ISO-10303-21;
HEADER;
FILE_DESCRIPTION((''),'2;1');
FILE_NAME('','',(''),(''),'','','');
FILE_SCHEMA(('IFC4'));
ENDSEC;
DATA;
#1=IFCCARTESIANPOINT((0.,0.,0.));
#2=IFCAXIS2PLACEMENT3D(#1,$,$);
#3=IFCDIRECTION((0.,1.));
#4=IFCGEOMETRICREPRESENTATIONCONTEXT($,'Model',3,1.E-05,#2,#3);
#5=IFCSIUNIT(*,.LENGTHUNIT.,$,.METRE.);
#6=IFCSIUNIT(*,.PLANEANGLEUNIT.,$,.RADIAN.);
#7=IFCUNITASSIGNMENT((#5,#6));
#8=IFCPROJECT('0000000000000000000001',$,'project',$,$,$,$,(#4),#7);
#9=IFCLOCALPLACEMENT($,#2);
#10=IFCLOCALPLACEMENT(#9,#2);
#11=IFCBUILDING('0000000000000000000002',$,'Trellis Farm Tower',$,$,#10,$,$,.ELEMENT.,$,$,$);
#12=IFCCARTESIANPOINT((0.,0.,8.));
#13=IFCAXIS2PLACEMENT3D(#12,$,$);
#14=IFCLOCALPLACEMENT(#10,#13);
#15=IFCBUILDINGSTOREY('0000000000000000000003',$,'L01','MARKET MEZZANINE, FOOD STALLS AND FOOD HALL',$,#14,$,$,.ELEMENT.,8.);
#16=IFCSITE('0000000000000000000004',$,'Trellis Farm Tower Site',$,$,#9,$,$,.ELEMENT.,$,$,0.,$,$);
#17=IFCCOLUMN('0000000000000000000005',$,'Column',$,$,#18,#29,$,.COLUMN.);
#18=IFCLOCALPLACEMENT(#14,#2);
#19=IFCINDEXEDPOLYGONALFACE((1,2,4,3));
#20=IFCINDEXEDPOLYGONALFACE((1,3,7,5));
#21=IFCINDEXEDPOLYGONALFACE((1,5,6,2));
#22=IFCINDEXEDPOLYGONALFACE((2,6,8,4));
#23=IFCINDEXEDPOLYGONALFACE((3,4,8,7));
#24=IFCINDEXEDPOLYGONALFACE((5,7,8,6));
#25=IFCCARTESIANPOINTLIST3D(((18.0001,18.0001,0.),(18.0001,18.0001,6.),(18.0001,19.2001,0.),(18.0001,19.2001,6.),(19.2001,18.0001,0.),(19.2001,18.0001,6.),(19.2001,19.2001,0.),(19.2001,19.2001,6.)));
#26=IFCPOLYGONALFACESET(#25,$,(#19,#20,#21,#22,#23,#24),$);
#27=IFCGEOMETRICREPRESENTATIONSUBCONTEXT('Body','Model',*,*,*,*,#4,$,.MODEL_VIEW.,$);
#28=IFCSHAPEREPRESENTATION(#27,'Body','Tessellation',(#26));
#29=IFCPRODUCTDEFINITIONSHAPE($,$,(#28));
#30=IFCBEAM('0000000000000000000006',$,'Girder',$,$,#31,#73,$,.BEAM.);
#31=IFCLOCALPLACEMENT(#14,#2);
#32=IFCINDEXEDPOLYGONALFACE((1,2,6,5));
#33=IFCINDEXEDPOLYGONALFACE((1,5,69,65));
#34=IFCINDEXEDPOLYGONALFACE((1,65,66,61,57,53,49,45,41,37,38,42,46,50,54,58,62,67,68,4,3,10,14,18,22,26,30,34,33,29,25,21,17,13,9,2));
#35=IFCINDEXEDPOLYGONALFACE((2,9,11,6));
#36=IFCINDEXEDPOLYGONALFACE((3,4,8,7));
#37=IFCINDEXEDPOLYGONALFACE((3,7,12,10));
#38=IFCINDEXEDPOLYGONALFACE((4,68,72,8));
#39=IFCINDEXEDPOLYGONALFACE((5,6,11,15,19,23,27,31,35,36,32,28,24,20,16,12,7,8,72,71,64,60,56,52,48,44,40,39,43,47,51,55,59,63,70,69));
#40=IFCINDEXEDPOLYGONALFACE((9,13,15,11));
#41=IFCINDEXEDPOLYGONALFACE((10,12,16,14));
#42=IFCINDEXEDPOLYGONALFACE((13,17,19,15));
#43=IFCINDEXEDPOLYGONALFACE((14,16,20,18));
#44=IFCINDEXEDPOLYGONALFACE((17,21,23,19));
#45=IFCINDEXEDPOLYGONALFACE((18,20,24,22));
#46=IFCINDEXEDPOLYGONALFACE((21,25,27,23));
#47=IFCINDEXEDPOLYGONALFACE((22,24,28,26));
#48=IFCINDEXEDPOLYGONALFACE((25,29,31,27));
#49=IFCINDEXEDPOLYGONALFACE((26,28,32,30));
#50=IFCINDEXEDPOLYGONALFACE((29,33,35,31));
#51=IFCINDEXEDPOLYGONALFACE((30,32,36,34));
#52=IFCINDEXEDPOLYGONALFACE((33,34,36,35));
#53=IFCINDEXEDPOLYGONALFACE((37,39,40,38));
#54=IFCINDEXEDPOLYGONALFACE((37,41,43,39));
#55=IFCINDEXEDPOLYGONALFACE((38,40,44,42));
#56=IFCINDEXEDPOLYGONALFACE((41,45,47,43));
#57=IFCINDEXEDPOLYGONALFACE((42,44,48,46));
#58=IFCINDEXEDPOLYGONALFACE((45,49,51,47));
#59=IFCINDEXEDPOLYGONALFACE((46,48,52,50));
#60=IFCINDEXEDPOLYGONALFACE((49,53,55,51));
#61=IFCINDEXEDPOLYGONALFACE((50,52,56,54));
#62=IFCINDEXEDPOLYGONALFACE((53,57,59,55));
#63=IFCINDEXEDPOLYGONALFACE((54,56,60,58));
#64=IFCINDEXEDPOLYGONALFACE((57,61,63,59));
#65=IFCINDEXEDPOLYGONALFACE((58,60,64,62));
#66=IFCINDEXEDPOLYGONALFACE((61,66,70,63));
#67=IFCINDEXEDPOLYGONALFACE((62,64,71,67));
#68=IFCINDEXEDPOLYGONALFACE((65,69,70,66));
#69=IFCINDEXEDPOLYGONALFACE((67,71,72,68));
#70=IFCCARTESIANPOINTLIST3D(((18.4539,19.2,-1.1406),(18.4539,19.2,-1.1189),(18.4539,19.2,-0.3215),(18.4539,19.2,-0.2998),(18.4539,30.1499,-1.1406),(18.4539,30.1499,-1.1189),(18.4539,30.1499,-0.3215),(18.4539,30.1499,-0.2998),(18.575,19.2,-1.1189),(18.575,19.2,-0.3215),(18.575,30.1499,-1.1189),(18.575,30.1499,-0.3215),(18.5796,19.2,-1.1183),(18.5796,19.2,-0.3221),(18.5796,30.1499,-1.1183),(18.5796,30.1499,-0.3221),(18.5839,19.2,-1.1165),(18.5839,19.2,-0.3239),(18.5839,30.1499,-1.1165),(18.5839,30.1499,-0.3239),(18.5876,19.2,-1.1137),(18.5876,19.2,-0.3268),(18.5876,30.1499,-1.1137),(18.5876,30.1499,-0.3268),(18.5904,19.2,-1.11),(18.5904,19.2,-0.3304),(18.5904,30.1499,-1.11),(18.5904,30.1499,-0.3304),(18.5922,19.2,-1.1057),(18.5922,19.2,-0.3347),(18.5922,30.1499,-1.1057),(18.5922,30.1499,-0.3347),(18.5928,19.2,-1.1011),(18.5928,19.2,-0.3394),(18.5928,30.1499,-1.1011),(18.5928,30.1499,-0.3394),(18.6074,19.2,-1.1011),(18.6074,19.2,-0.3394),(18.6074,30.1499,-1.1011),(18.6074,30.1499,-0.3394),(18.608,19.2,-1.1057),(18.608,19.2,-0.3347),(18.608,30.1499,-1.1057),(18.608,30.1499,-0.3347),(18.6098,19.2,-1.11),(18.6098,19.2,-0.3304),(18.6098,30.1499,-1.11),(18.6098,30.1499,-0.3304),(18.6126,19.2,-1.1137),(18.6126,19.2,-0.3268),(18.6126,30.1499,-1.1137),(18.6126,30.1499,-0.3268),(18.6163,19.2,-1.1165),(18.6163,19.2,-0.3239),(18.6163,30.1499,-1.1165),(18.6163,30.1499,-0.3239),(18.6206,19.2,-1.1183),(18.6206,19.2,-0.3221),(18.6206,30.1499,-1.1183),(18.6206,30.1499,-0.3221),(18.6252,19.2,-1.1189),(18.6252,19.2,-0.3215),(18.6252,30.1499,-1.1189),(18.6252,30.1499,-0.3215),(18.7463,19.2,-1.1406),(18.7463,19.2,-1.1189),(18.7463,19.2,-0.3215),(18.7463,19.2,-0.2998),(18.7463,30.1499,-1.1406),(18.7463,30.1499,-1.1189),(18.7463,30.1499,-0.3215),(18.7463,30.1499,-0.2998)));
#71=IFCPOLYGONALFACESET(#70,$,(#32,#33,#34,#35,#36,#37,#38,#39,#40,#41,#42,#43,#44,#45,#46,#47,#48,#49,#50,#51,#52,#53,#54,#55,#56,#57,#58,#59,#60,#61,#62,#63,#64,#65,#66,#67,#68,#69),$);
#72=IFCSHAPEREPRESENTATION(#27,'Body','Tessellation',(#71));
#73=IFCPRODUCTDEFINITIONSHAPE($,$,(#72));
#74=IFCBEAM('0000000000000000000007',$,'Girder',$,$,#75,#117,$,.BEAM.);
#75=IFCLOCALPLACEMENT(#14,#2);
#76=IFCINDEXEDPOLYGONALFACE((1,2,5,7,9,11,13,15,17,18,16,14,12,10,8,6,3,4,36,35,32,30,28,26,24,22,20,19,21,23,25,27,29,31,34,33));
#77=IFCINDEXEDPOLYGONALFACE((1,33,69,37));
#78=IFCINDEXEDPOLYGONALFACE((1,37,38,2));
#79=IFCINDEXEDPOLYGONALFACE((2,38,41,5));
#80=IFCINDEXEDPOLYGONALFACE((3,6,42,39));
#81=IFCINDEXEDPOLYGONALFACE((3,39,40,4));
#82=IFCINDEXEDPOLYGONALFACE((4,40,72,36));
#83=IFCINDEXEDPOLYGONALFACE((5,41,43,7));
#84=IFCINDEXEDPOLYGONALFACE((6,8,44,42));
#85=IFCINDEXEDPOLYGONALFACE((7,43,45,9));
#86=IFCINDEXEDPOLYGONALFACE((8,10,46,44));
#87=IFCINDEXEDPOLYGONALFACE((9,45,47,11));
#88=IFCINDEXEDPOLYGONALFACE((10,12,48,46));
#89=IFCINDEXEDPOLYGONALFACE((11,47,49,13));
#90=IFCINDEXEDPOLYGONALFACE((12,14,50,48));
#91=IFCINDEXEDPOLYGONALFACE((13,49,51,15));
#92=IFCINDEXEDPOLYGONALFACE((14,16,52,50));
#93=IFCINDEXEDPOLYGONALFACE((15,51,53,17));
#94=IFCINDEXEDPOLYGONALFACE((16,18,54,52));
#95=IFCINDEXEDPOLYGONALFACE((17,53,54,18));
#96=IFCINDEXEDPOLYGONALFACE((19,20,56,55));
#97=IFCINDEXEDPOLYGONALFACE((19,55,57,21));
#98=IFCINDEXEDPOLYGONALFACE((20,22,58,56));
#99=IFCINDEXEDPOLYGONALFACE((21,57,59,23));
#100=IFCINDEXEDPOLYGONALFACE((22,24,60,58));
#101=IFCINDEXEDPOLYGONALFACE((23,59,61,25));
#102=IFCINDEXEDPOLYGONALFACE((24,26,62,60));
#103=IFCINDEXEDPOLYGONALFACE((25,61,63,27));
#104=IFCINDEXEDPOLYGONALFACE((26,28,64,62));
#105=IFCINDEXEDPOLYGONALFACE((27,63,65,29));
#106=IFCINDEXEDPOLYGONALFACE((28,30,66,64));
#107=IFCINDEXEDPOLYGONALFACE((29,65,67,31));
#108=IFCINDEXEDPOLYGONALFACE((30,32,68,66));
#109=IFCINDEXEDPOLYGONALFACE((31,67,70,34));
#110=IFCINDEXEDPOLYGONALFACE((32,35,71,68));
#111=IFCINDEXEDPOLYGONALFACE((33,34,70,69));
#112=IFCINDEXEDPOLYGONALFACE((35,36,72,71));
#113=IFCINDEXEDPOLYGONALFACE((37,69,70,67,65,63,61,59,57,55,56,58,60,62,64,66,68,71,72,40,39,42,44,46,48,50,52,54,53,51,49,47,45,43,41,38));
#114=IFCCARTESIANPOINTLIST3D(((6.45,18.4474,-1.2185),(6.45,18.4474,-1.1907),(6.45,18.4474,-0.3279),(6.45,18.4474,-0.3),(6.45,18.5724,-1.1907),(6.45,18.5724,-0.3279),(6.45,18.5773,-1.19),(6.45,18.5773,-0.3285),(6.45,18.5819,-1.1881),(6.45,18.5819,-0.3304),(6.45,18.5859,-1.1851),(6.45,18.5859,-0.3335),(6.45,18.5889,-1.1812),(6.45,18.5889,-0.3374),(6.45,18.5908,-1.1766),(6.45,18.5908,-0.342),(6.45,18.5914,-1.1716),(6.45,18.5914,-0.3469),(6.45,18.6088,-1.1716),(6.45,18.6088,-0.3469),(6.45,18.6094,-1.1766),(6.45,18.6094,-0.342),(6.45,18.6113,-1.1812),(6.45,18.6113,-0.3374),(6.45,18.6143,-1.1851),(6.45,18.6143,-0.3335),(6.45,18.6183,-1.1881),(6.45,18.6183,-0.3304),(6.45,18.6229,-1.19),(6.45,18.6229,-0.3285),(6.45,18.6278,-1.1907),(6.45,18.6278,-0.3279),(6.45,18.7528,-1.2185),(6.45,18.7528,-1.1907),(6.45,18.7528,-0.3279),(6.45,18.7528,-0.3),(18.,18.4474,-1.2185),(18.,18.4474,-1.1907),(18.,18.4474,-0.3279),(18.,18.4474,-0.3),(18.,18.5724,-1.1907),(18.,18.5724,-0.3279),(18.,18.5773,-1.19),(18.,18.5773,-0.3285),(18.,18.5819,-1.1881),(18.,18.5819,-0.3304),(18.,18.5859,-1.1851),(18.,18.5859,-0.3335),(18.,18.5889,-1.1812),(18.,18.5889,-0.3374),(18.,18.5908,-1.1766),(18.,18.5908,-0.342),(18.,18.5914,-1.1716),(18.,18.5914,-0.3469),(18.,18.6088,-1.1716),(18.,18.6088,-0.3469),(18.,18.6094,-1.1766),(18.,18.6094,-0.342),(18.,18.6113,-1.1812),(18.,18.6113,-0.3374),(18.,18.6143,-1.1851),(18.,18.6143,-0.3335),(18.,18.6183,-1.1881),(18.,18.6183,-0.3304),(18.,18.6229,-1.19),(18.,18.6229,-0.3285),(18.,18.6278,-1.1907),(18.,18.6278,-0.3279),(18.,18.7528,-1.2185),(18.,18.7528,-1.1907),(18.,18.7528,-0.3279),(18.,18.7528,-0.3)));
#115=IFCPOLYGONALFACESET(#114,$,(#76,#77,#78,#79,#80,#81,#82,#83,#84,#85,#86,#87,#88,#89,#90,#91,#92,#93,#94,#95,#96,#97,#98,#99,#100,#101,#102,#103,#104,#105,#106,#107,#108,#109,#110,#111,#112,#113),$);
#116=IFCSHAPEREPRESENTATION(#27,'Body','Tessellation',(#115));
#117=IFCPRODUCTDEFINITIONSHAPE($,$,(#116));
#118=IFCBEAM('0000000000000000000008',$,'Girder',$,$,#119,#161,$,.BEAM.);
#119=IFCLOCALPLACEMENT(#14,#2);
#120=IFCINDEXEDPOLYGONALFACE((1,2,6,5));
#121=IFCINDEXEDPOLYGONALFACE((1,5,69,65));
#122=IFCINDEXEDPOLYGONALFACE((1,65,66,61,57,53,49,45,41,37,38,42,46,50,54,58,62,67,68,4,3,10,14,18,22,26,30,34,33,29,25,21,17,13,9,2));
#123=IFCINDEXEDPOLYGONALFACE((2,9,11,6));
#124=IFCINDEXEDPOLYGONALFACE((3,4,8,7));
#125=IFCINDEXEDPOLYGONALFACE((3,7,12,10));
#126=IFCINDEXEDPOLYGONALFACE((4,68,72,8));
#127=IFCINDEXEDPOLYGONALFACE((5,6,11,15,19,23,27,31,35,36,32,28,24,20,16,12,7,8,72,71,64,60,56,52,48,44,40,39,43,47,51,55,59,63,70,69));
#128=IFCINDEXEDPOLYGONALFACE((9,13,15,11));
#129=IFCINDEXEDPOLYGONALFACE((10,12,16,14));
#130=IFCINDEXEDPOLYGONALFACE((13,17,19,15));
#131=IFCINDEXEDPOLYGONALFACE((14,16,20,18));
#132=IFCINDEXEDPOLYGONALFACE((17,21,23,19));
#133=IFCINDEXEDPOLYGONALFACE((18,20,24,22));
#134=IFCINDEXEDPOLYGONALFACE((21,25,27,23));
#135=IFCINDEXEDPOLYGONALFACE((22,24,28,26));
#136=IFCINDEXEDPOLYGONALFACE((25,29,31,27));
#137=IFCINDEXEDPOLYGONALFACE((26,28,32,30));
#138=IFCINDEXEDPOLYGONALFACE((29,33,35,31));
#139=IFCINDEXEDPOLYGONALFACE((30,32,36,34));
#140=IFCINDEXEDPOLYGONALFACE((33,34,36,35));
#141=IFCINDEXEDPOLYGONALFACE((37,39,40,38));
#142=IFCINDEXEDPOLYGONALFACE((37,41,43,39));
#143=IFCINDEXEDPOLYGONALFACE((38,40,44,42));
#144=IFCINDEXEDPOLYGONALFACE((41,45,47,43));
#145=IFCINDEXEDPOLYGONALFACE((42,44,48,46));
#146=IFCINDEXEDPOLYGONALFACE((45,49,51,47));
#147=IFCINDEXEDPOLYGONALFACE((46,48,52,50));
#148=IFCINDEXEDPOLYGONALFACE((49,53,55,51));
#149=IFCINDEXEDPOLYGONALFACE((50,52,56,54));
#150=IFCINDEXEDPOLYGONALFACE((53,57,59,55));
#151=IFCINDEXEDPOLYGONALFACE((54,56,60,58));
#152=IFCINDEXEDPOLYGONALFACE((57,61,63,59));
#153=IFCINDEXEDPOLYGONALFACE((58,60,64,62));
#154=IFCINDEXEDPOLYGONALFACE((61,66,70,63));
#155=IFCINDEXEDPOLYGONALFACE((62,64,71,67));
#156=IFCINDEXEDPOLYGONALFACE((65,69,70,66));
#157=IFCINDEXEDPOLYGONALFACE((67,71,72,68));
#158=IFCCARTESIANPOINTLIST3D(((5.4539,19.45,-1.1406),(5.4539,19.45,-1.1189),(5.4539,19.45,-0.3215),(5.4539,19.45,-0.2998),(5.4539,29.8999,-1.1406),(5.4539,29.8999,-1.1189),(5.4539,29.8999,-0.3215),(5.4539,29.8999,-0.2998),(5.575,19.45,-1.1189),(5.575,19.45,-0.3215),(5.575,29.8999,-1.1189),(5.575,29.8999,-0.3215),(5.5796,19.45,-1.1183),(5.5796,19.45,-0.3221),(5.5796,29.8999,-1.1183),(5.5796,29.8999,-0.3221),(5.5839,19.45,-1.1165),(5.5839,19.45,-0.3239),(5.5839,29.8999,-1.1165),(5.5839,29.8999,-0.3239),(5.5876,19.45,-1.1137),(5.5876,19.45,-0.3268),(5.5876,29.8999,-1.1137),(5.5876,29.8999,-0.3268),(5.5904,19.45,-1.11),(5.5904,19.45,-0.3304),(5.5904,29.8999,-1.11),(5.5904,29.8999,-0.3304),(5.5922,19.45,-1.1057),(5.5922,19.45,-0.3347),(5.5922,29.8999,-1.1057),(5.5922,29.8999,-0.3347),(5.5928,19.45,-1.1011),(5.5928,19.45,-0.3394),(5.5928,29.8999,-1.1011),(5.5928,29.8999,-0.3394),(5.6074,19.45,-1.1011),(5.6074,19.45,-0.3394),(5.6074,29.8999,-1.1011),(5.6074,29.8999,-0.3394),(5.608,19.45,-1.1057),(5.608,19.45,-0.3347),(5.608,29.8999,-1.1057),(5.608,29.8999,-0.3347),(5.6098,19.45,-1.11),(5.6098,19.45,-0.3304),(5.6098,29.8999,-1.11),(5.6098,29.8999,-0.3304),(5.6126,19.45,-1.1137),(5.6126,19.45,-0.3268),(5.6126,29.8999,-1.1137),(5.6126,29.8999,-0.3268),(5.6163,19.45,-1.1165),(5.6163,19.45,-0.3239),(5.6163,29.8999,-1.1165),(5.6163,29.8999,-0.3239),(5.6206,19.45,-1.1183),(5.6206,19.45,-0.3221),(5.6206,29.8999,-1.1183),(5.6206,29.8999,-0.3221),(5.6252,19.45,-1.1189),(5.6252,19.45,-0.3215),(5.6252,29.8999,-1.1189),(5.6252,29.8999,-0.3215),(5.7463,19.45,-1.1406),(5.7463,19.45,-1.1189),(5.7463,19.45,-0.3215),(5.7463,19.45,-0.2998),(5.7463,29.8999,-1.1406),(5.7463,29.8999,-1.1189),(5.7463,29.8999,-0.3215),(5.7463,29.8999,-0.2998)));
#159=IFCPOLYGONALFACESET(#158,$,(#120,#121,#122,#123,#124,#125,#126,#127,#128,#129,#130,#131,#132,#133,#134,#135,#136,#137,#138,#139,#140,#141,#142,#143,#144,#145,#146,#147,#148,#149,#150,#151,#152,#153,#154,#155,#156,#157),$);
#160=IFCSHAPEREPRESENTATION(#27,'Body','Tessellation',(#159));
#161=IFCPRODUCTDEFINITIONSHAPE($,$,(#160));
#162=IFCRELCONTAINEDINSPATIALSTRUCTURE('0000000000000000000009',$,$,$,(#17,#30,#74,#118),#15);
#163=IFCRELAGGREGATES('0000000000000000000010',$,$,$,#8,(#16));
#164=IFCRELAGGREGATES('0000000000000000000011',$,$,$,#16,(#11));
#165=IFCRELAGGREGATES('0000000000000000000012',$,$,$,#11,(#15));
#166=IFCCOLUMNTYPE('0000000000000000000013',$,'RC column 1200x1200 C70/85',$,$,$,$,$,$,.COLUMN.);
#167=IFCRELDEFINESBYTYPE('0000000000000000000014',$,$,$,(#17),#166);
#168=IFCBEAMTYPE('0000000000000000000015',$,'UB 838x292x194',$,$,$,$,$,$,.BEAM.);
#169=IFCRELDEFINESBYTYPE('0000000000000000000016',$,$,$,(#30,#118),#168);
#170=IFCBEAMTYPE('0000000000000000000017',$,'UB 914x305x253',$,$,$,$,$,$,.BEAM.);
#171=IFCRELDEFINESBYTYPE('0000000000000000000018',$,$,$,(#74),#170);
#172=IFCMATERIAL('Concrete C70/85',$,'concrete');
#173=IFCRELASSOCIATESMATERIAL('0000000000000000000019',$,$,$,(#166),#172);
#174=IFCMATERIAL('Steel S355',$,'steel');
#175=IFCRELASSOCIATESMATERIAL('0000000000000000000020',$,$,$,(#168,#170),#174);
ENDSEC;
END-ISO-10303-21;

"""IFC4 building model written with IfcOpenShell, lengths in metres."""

from ifc_helpers import new_model, si_unit, direction, frame, origin, origin_2d, place, context, subcontext, project, spatial, rectangle, i_section, extrude, source, transform, mapped, material, material_profile, profile_set, type_object, element, save


model = new_model("IFC4")

# Units and contexts
model_context = context("Model", 3, precision=1e-05, world=origin(), true_north=direction((0.0, 1.0)))
body_context = subcontext(model_context, "Body", "Model", "MODEL_VIEW")
ifc_project = project(units=[si_unit("LENGTHUNIT", "METRE"), si_unit("PLANEANGLEUNIT", "RADIAN")], contexts=[model_context])

# Site, building, storey
site_placement = place(None, origin())
site = spatial("IfcSite", under=ifc_project, at=site_placement, Name="Trellis Farm Tower Site", CompositionType="ELEMENT", RefElevation=0.0)
building_placement = place(site_placement, origin())
building = spatial("IfcBuilding", under=site, at=building_placement, Name="Trellis Farm Tower", CompositionType="ELEMENT")
storey_placement = place(building_placement, frame((0.0, 0.0, 8.0)))
storey = spatial("IfcBuildingStorey", under=building, at=storey_placement, Name="L01", Description="MARKET MEZZANINE, FOOD STALLS AND FOOD HALL", CompositionType="ELEMENT", Elevation=8.0)

# Column
ifc_material_1 = material(Name="Concrete C70/85", Category="concrete")
ifc_material_profile_1 = material_profile(ifc_material_1, rectangle(XDim=1.2, YDim=1.2, at=origin_2d()), Name="RC column 1200x1200 C70/85")
ifc_profile_set_1 = profile_set([ifc_material_profile_1], Name="Concrete C70/85")
column_type = type_object("IfcColumnType", Name="RC column 1200x1200 C70/85", PredefinedType="COLUMN", material=ifc_profile_set_1)
shared_shape_1 = source(origin(), body_context, "Body", "SweptSolid", [
    extrude(rectangle(XDim=1.2, YDim=1.2, at=origin_2d()), origin(), (0.0, 0.0, 1.0), 6.0),
])
column_placement = place(storey_placement, frame((18.6001, 18.6001, 0.0), z_axis=(0.0, 0.0, 1.0), x_axis=(1.0, 0.0, 0.0)))
element("IfcColumn", 1, at=column_placement, inside=storey, type_object=column_type, Name="Column", PredefinedType="COLUMN", context=body_context, shape_type="MappedRepresentation", body=[
    mapped(shared_shape_1, transform((0.0, 0.0, 0.0))),
])

# Beams
ifc_material_2 = material(Name="Steel S355", Category="steel")
ifc_material_profile_2 = material_profile(ifc_material_2, i_section(OverallWidth=0.2925, OverallDepth=0.8408, WebThickness=0.0146, FlangeThickness=0.0217, FilletRadius=0.0178, at=origin_2d()), Name="UB 838x292x194")
ifc_profile_set_2 = profile_set([ifc_material_profile_2], Name="Steel S355")
beam_type_1 = type_object("IfcBeamType", Name="UB 838x292x194", PredefinedType="BEAM", material=ifc_profile_set_2)
shared_shape_2 = source(origin(), body_context, "Body", "SweptSolid", [
    extrude(i_section(OverallWidth=0.2925, OverallDepth=0.8408, WebThickness=0.0146, FlangeThickness=0.0217, FilletRadius=0.0178, at=origin_2d()), origin(), (0.0, 0.0, 1.0), 10.95),
])
beam_1_placement = place(storey_placement, frame((18.6001, 19.2, -0.7202), z_axis=(0.0, 1.0, 0.0), x_axis=(-1.0, 0.0, 0.0)))
element("IfcBeam", 2, at=beam_1_placement, inside=storey, type_object=beam_type_1, Name="Girder", PredefinedType="BEAM", context=body_context, shape_type="MappedRepresentation", body=[
    mapped(shared_shape_2, transform((0.0, 0.0, 0.0))),
])
ifc_material_profile_3 = material_profile(ifc_material_2, i_section(OverallWidth=0.3054, OverallDepth=0.9185, WebThickness=0.0173, FlangeThickness=0.0278, FilletRadius=0.019, at=origin_2d()), Name="UB 914x305x253")
ifc_profile_set_3 = profile_set([ifc_material_profile_3], Name="Steel S355")
beam_type_2 = type_object("IfcBeamType", Name="UB 914x305x253", PredefinedType="BEAM", material=ifc_profile_set_3)
shared_shape_3 = source(origin(), body_context, "Body", "SweptSolid", [
    extrude(i_section(OverallWidth=0.3054, OverallDepth=0.9185, WebThickness=0.0173, FlangeThickness=0.0278, FilletRadius=0.019, at=origin_2d()), origin(), (0.0, 0.0, 1.0), 11.55),
])
beam_2_placement = place(storey_placement, frame((6.45, 18.6001, -0.7593), z_axis=(1.0, 0.0, 0.0), x_axis=(0.0, 1.0, 0.0)))
element("IfcBeam", 3, at=beam_2_placement, inside=storey, type_object=beam_type_2, Name="Girder", PredefinedType="BEAM", context=body_context, shape_type="MappedRepresentation", body=[
    mapped(shared_shape_3, transform((0.0, 0.0, 0.0))),
])
shared_shape_4 = source(origin(), body_context, "Body", "SweptSolid", [
    extrude(i_section(OverallWidth=0.2925, OverallDepth=0.8408, WebThickness=0.0146, FlangeThickness=0.0217, FilletRadius=0.0178, at=origin_2d()), origin(), (0.0, 0.0, 1.0), 10.45),
])
beam_3_placement = place(storey_placement, frame((5.6001, 19.45, -0.7202), z_axis=(0.0, 1.0, 0.0), x_axis=(-1.0, 0.0, 0.0)))
element("IfcBeam", 4, at=beam_3_placement, inside=storey, type_object=beam_type_1, Name="Girder", PredefinedType="BEAM", context=body_context, shape_type="MappedRepresentation", body=[
    mapped(shared_shape_4, transform((0.0, 0.0, 0.0))),
])

save(model, "model.ifc")
